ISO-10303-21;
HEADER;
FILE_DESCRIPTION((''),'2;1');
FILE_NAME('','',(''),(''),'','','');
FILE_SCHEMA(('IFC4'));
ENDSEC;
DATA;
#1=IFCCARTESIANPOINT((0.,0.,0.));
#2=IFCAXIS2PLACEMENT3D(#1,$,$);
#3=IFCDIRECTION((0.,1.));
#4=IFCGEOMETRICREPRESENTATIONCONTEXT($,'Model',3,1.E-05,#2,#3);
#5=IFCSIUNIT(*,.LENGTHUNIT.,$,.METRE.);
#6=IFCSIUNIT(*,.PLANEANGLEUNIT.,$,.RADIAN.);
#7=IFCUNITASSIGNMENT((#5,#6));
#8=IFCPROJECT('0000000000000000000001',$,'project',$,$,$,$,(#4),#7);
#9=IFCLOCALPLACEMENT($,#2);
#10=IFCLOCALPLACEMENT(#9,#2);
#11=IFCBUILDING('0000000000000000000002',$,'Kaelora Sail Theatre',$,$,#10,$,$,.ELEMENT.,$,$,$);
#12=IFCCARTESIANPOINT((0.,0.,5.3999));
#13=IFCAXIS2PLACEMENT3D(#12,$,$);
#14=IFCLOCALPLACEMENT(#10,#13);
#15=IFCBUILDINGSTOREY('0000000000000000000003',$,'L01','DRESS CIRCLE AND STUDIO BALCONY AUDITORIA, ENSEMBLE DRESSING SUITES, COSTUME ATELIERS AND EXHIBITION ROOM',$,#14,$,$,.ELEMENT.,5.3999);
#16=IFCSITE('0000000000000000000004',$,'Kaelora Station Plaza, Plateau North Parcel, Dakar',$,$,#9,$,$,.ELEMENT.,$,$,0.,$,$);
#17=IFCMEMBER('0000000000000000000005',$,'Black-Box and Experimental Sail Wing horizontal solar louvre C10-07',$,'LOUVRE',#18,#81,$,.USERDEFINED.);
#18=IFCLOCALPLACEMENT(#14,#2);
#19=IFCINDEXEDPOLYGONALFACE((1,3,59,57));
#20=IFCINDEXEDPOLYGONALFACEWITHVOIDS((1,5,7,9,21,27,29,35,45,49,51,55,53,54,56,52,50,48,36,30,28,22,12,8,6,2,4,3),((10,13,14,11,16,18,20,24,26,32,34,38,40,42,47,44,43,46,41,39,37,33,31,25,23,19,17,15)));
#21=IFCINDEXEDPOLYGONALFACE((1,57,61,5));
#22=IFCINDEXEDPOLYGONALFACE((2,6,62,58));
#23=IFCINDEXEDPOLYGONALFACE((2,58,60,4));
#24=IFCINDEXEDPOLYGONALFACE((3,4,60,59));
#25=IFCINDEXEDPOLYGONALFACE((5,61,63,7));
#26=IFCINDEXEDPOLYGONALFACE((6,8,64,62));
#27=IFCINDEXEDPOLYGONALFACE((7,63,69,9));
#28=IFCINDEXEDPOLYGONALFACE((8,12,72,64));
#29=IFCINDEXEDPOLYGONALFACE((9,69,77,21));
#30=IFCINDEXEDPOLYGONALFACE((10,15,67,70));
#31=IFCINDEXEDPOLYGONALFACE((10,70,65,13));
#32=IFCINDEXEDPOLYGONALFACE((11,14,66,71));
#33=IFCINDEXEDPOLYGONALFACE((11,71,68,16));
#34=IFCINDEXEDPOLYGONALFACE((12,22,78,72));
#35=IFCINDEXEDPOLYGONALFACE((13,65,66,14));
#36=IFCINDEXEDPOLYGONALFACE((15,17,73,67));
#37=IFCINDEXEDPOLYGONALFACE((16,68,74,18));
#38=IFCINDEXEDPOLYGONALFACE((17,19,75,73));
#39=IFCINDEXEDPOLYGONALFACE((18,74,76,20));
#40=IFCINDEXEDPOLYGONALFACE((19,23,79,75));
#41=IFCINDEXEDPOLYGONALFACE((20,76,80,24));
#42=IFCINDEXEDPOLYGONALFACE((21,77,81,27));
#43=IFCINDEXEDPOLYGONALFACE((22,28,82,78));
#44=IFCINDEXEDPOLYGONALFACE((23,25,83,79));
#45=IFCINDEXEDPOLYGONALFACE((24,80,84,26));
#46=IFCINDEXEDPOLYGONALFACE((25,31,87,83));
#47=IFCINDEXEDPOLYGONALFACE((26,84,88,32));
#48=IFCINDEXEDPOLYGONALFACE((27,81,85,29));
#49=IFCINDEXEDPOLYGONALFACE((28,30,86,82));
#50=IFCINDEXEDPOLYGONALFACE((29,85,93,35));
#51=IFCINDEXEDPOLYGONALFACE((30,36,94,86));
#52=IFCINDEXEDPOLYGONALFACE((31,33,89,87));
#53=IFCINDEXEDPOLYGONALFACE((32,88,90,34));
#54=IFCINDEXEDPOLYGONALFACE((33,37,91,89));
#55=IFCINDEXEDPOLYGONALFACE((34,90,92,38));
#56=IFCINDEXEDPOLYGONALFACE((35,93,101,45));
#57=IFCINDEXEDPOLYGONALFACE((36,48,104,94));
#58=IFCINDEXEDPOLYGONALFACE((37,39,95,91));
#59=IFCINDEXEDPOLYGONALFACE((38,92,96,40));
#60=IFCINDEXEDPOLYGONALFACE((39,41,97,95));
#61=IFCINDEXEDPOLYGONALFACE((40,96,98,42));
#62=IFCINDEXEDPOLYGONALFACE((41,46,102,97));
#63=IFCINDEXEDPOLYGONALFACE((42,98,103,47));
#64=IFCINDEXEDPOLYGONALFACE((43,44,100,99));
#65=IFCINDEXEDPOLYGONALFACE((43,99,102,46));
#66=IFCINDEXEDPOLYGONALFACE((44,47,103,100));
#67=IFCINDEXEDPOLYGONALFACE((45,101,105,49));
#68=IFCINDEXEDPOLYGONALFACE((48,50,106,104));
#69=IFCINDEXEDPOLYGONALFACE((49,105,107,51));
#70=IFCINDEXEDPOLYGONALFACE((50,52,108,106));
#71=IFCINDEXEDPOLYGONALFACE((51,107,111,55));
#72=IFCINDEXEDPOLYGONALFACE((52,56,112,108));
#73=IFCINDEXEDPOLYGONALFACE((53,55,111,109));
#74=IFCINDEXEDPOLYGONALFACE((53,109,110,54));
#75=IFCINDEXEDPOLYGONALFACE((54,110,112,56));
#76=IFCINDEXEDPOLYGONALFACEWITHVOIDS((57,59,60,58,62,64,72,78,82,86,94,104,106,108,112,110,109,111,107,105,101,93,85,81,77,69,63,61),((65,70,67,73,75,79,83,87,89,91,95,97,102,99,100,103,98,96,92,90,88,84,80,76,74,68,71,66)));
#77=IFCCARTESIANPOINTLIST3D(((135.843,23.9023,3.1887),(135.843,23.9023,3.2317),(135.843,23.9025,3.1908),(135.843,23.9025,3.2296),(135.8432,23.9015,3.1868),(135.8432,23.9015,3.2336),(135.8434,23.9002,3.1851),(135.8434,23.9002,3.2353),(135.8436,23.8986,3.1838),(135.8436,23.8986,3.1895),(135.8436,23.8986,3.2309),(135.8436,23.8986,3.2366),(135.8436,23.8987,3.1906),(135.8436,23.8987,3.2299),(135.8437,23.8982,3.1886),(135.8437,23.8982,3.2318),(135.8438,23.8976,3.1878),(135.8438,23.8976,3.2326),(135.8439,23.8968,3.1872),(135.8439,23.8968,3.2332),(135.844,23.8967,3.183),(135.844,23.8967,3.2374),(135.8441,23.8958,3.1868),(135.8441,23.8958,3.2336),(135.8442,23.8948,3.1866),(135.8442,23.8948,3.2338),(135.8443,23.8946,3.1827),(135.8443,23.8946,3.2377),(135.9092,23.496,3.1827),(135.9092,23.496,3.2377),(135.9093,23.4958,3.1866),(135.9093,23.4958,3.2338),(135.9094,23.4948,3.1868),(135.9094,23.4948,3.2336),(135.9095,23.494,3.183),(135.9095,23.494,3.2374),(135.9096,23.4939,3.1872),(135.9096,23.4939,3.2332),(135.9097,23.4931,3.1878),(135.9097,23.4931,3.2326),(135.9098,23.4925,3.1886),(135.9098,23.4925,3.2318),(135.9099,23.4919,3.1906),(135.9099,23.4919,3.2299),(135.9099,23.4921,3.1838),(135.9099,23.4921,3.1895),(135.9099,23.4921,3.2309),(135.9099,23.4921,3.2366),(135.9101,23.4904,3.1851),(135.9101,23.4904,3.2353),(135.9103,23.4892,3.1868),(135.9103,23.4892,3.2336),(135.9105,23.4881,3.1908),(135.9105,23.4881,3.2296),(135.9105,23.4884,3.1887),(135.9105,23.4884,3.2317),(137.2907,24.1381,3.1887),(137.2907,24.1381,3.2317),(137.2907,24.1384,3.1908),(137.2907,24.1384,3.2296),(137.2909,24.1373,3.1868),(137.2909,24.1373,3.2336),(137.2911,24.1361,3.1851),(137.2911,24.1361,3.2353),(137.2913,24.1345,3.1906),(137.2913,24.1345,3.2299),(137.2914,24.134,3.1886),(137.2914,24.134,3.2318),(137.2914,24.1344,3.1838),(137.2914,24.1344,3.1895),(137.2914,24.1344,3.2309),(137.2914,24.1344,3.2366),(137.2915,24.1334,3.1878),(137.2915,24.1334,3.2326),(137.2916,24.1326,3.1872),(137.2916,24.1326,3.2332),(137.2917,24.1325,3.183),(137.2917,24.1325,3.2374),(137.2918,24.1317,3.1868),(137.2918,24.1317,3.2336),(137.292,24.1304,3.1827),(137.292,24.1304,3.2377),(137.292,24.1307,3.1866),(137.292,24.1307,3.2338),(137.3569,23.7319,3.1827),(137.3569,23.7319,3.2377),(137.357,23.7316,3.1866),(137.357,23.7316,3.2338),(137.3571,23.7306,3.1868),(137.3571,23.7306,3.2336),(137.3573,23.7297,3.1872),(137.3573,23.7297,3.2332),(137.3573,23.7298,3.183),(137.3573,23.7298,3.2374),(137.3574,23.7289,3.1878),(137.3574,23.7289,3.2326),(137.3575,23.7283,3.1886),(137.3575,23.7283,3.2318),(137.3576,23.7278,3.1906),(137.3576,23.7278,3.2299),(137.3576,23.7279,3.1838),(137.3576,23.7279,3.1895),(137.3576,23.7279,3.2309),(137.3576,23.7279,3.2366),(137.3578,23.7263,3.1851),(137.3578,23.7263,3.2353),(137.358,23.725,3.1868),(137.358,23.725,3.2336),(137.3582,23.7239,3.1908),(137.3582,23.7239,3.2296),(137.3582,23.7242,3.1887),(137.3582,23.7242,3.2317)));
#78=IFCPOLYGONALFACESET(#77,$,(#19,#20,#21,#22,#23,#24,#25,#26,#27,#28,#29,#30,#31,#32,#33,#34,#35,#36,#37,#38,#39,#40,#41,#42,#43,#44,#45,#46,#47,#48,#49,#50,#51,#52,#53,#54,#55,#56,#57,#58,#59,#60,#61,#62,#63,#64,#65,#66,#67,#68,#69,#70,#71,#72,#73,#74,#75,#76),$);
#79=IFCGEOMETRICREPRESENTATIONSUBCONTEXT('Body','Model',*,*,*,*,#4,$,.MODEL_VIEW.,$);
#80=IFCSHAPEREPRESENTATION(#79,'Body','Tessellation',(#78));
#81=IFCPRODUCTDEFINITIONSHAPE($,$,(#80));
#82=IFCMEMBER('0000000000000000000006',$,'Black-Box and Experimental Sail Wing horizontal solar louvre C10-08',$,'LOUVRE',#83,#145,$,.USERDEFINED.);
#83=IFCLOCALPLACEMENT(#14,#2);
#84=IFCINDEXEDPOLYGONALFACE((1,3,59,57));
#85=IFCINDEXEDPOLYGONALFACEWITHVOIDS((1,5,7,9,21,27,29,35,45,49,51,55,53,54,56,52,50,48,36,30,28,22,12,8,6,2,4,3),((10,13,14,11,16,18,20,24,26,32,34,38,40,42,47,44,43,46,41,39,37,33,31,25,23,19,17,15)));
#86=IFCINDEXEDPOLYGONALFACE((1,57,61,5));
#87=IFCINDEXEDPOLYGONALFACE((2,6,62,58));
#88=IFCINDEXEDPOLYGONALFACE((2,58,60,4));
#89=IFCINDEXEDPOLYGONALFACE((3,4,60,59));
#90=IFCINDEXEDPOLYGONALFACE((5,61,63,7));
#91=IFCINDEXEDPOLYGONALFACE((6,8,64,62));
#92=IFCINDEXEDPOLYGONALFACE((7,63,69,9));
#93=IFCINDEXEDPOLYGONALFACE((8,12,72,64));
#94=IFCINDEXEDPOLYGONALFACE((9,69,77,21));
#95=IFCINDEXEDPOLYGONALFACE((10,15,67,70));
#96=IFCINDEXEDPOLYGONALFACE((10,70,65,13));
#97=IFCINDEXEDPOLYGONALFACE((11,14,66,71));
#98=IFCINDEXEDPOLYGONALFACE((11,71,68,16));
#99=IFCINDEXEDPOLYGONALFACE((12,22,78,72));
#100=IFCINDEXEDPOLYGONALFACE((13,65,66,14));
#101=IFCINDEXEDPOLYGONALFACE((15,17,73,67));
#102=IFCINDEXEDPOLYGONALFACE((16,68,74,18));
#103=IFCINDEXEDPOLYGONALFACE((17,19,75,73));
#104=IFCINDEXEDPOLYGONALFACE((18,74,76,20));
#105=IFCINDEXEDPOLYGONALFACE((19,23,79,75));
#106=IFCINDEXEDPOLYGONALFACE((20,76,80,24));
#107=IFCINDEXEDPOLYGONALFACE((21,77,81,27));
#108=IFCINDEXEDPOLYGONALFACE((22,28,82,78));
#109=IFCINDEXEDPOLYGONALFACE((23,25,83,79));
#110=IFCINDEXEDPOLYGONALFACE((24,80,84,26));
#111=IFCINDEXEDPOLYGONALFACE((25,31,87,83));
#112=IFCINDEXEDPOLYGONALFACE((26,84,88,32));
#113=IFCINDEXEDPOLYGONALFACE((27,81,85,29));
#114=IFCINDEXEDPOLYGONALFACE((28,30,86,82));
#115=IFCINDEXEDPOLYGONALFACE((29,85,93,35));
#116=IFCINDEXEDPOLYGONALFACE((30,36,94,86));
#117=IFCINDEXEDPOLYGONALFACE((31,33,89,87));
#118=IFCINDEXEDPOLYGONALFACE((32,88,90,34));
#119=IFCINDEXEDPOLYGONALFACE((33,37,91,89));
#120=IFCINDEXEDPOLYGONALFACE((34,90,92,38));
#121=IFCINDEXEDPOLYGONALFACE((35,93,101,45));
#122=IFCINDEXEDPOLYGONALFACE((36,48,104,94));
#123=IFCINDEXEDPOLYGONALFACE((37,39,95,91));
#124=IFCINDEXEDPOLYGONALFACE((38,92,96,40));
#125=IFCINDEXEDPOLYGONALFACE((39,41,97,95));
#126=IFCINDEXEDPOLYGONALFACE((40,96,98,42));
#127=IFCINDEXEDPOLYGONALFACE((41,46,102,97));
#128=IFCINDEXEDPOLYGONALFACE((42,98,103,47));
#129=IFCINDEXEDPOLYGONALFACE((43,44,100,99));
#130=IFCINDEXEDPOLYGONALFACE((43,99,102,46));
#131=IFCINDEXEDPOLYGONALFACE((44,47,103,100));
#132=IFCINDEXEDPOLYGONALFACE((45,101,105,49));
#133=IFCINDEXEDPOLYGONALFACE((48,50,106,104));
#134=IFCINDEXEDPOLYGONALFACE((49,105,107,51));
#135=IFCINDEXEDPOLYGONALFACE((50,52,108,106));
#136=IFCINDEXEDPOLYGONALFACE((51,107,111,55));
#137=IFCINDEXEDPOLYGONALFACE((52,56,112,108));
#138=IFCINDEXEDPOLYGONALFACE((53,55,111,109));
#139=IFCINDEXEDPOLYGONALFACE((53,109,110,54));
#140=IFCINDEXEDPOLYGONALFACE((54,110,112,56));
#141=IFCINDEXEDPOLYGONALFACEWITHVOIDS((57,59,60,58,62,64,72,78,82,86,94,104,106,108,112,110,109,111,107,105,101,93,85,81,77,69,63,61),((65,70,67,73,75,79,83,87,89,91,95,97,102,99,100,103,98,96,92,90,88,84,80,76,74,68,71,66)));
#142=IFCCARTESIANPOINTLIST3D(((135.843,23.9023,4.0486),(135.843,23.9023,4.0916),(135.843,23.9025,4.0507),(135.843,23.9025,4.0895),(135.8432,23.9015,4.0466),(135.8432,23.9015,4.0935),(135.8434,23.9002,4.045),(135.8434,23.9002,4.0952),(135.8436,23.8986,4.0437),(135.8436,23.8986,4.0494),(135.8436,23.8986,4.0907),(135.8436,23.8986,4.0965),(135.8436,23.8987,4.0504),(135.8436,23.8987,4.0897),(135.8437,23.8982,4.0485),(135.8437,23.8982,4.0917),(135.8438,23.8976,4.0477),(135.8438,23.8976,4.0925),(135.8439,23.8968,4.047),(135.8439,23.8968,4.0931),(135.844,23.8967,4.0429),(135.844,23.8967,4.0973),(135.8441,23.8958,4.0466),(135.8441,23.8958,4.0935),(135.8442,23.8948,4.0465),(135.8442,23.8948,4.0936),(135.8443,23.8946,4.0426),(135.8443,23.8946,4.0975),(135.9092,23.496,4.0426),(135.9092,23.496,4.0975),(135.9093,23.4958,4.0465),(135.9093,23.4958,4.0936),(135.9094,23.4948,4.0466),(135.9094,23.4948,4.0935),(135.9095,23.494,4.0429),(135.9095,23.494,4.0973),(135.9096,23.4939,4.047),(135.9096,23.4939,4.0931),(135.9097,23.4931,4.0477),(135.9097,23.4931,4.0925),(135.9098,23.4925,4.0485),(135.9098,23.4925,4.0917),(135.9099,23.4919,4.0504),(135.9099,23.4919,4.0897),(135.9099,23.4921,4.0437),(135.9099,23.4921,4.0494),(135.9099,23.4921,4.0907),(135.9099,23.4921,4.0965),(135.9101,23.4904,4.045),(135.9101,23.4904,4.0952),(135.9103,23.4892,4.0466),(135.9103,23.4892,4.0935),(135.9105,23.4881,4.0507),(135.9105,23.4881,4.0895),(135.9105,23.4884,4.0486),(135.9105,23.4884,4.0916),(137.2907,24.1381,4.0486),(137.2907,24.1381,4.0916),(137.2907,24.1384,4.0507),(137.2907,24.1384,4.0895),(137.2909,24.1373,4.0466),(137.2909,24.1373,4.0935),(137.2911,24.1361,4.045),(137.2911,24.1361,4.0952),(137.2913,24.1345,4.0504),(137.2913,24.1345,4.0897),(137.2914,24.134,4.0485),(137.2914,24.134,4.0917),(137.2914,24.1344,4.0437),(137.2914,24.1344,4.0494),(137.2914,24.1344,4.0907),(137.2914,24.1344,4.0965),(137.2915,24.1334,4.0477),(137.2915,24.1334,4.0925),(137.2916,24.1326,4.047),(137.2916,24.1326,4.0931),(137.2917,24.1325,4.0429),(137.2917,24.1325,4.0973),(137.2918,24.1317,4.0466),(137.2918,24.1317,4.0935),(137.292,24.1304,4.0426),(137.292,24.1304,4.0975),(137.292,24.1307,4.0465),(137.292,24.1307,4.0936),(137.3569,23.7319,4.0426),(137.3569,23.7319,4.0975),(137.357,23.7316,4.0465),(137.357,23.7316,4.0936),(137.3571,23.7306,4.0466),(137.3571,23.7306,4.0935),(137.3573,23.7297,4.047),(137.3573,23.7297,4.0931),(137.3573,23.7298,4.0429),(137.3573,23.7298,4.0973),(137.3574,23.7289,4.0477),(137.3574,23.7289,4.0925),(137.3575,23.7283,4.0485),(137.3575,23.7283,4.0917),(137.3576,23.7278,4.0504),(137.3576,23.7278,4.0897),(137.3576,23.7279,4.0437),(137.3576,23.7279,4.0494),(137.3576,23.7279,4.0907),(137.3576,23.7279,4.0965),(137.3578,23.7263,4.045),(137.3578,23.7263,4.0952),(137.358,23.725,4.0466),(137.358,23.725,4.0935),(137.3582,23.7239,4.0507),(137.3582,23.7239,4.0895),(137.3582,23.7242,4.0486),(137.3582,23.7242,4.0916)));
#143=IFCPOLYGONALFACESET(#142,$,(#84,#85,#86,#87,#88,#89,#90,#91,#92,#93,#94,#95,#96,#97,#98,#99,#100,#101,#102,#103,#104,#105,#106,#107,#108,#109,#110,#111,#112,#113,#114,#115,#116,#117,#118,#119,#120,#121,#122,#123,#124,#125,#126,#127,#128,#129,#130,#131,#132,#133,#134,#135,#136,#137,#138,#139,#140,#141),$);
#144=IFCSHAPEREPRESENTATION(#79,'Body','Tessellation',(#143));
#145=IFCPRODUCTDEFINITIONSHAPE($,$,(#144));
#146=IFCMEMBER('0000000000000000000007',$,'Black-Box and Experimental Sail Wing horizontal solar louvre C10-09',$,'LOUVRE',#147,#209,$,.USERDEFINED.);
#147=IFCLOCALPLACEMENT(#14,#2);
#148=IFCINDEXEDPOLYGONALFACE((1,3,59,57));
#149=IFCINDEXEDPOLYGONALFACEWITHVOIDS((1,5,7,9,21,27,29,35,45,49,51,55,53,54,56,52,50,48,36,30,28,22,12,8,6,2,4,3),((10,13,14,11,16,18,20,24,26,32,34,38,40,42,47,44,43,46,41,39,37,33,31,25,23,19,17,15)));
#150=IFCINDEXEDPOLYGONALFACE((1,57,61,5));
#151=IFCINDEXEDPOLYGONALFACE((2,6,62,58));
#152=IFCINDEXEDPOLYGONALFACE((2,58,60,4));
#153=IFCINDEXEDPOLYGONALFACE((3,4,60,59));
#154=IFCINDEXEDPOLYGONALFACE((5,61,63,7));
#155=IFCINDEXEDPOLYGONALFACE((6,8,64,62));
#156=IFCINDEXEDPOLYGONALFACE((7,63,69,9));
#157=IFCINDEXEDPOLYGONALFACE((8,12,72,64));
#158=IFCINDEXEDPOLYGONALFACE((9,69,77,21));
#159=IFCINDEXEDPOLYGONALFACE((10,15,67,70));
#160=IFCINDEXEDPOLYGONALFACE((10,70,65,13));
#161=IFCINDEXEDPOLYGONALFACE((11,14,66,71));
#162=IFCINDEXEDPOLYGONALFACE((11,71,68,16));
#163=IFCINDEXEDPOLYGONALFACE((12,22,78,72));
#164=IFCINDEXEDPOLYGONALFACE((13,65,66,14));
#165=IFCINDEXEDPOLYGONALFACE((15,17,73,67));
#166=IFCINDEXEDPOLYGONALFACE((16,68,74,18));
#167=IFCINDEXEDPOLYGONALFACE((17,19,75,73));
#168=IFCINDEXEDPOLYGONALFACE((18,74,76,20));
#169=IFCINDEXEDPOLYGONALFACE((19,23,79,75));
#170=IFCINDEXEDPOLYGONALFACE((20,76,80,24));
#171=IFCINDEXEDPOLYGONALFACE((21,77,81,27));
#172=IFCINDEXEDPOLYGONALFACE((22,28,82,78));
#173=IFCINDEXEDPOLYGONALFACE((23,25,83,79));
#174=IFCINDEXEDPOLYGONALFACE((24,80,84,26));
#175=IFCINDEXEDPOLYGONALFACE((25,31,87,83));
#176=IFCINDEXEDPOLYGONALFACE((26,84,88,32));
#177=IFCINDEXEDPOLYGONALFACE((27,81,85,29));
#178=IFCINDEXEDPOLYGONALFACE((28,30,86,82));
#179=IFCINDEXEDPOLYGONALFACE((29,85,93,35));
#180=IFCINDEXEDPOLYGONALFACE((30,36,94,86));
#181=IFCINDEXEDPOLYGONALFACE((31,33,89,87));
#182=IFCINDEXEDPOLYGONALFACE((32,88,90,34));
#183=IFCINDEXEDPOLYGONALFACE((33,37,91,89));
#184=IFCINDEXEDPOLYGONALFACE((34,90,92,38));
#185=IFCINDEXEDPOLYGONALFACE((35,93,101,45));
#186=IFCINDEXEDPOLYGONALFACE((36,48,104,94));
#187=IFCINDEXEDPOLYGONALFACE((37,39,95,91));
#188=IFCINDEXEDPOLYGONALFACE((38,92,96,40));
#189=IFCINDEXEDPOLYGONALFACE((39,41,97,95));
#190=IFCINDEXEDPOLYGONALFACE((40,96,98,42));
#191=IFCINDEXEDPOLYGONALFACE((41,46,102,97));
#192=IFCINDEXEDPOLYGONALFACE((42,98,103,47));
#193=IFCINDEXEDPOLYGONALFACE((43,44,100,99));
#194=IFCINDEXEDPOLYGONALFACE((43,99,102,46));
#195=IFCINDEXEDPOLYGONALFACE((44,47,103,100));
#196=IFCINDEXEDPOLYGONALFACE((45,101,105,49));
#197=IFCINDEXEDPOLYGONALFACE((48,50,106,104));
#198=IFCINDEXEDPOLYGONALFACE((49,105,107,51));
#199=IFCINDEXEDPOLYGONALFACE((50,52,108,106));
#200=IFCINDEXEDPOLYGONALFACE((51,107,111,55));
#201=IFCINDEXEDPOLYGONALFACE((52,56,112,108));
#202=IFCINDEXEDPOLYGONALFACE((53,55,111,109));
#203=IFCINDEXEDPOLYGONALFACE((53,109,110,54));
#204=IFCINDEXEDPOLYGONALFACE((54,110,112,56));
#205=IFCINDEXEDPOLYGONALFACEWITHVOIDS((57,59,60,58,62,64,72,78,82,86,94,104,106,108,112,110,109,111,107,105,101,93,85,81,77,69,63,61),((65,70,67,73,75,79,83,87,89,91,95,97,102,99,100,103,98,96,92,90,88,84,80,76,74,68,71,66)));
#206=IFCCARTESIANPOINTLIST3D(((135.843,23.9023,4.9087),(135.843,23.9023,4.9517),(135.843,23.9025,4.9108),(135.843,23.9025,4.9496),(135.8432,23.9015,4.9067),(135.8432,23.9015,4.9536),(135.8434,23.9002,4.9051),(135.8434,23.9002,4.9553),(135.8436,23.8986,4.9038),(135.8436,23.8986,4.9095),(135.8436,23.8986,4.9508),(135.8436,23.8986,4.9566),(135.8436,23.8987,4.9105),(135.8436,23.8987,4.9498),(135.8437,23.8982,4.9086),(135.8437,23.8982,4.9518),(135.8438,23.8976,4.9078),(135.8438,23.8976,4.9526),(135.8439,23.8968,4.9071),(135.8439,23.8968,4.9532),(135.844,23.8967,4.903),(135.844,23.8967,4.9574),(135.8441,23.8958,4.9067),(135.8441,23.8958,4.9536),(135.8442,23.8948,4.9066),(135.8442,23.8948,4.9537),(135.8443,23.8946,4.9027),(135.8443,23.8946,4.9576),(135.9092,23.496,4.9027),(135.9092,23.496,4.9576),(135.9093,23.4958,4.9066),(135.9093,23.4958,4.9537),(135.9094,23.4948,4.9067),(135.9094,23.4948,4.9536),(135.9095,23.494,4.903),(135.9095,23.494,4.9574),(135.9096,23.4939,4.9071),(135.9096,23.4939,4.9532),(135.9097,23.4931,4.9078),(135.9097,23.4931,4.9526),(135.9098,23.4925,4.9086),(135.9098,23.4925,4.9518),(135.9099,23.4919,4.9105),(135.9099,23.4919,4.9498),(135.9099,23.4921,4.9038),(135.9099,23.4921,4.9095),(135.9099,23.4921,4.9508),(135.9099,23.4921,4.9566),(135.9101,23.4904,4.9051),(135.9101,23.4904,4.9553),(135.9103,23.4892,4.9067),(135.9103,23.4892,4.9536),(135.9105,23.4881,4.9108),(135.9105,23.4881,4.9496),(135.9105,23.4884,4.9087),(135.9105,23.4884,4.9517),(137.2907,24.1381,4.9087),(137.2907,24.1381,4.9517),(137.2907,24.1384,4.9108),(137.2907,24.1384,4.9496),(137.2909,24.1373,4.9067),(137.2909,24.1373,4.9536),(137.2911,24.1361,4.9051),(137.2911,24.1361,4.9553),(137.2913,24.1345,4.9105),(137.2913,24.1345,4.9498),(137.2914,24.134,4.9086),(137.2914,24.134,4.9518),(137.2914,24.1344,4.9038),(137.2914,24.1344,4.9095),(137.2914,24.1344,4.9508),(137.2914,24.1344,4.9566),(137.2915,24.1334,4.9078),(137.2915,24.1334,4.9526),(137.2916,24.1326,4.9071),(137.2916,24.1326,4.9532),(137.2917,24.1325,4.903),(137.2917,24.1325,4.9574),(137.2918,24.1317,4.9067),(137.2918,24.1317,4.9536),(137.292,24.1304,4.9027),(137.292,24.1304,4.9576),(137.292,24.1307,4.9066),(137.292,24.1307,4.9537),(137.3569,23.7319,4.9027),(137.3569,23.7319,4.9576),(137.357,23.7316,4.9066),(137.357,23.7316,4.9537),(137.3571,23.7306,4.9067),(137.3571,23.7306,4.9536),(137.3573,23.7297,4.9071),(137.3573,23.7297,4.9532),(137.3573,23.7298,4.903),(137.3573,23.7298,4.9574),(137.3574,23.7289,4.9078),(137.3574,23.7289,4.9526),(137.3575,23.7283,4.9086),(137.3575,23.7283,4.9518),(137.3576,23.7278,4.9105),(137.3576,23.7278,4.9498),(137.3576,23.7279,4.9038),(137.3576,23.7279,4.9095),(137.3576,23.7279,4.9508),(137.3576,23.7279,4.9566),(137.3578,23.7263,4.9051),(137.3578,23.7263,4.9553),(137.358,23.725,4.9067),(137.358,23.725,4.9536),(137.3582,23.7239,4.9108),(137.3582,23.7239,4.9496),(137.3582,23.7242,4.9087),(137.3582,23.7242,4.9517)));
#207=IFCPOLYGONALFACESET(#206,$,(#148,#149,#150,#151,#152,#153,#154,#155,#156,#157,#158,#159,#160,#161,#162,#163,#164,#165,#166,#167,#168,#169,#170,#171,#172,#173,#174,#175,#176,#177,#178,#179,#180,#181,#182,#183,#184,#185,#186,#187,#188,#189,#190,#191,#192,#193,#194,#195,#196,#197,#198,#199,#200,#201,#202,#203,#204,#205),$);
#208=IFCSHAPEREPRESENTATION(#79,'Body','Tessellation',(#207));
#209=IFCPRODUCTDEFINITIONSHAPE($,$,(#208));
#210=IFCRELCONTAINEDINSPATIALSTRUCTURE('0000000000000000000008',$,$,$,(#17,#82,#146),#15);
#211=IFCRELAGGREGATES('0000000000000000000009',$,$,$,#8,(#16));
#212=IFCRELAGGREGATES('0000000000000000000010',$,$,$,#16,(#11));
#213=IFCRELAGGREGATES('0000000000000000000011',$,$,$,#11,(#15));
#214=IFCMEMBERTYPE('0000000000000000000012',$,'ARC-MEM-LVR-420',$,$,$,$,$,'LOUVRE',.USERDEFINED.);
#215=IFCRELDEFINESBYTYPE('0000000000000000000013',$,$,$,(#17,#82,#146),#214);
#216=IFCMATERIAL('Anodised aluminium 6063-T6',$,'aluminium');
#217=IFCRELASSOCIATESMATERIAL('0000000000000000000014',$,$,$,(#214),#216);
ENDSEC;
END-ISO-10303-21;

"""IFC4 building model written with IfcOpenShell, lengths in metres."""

from ifc_helpers import new_model, si_unit, direction, frame, origin, origin_2d, place, context, subcontext, project, spatial, hollow_rectangle, extrude, material, material_profile, profile_set, type_object, element, save


model = new_model("IFC4")

# Units and contexts
model_context = context("Model", 3, precision=1e-05, world=origin(), true_north=direction((0.0, 1.0)))
body_context = subcontext(model_context, "Body", "Model", "MODEL_VIEW")
ifc_project = project(units=[si_unit("LENGTHUNIT", "METRE"), si_unit("PLANEANGLEUNIT", "RADIAN")], contexts=[model_context])

# Site, building, storey
site_placement = place(None, origin())
site = spatial("IfcSite", under=ifc_project, at=site_placement, Name="Kaelora Station Plaza, Plateau North Parcel, Dakar", CompositionType="ELEMENT", RefElevation=0.0)
building_placement = place(site_placement, origin())
building = spatial("IfcBuilding", under=site, at=building_placement, Name="Kaelora Sail Theatre", CompositionType="ELEMENT")
storey_placement = place(building_placement, frame((0.0, 0.0, 5.3999)))
storey = spatial("IfcBuildingStorey", under=building, at=storey_placement, Name="L01", Description="DRESS CIRCLE AND STUDIO BALCONY AUDITORIA, ENSEMBLE DRESSING SUITES, COSTUME ATELIERS AND EXHIBITION ROOM", CompositionType="ELEMENT", Elevation=5.3999)

# Members
ifc_material_1 = material(Name="Anodised aluminium 6063-T6", Category="aluminium")
ifc_material_profile_1 = material_profile(ifc_material_1, hollow_rectangle(XDim=0.4199, YDim=0.0549, WallThickness=0.0039, InnerFilletRadius=0.0039, OuterFilletRadius=0.0081, at=origin_2d()), Name="LOUVRE 420x55x4")
ifc_profile_set_1 = profile_set([ifc_material_profile_1], Name="Anodised aluminium 6063-T6")
member_type = type_object("IfcMemberType", Name="ARC-MEM-LVR-420", ElementType="LOUVRE", PredefinedType="USERDEFINED", material=ifc_profile_set_1)
for number, where, z_axis, x_axis, name in (
    (1, (137.3245, 23.9312, 3.2102), (-0.98699, -0.160781, 0.0), (0.160781, -0.98699, 0.0), "Black-Box and Experimental Sail Wing horizontal solar louvre C10-07"),
    (2, (137.3245, 23.9312, 4.0701), (-0.98699, -0.160781, 0.0), (0.160781, -0.98699, 0.0), "Black-Box and Experimental Sail Wing horizontal solar louvre C10-08"),
    (3, (137.3245, 23.9312, 4.9302), (-0.98699, -0.160781, 0.0), (0.160781, -0.98699, 0.0), "Black-Box and Experimental Sail Wing horizontal solar louvre C10-09"),
):
    element("IfcMember", number, at=place(storey_placement, frame(where, z_axis=z_axis, x_axis=x_axis)), inside=storey, type_object=member_type, Name=name, ObjectType="LOUVRE", PredefinedType="USERDEFINED", context=body_context, shape_type="SweptSolid", body=[
        extrude(hollow_rectangle(XDim=0.4199, YDim=0.0549, WallThickness=0.0039, InnerFilletRadius=0.0039, OuterFilletRadius=0.0081, at=origin_2d()), origin(), (0.0, 0.0, 1.0), 1.4668),
    ])

save(model, "model.ifc")
